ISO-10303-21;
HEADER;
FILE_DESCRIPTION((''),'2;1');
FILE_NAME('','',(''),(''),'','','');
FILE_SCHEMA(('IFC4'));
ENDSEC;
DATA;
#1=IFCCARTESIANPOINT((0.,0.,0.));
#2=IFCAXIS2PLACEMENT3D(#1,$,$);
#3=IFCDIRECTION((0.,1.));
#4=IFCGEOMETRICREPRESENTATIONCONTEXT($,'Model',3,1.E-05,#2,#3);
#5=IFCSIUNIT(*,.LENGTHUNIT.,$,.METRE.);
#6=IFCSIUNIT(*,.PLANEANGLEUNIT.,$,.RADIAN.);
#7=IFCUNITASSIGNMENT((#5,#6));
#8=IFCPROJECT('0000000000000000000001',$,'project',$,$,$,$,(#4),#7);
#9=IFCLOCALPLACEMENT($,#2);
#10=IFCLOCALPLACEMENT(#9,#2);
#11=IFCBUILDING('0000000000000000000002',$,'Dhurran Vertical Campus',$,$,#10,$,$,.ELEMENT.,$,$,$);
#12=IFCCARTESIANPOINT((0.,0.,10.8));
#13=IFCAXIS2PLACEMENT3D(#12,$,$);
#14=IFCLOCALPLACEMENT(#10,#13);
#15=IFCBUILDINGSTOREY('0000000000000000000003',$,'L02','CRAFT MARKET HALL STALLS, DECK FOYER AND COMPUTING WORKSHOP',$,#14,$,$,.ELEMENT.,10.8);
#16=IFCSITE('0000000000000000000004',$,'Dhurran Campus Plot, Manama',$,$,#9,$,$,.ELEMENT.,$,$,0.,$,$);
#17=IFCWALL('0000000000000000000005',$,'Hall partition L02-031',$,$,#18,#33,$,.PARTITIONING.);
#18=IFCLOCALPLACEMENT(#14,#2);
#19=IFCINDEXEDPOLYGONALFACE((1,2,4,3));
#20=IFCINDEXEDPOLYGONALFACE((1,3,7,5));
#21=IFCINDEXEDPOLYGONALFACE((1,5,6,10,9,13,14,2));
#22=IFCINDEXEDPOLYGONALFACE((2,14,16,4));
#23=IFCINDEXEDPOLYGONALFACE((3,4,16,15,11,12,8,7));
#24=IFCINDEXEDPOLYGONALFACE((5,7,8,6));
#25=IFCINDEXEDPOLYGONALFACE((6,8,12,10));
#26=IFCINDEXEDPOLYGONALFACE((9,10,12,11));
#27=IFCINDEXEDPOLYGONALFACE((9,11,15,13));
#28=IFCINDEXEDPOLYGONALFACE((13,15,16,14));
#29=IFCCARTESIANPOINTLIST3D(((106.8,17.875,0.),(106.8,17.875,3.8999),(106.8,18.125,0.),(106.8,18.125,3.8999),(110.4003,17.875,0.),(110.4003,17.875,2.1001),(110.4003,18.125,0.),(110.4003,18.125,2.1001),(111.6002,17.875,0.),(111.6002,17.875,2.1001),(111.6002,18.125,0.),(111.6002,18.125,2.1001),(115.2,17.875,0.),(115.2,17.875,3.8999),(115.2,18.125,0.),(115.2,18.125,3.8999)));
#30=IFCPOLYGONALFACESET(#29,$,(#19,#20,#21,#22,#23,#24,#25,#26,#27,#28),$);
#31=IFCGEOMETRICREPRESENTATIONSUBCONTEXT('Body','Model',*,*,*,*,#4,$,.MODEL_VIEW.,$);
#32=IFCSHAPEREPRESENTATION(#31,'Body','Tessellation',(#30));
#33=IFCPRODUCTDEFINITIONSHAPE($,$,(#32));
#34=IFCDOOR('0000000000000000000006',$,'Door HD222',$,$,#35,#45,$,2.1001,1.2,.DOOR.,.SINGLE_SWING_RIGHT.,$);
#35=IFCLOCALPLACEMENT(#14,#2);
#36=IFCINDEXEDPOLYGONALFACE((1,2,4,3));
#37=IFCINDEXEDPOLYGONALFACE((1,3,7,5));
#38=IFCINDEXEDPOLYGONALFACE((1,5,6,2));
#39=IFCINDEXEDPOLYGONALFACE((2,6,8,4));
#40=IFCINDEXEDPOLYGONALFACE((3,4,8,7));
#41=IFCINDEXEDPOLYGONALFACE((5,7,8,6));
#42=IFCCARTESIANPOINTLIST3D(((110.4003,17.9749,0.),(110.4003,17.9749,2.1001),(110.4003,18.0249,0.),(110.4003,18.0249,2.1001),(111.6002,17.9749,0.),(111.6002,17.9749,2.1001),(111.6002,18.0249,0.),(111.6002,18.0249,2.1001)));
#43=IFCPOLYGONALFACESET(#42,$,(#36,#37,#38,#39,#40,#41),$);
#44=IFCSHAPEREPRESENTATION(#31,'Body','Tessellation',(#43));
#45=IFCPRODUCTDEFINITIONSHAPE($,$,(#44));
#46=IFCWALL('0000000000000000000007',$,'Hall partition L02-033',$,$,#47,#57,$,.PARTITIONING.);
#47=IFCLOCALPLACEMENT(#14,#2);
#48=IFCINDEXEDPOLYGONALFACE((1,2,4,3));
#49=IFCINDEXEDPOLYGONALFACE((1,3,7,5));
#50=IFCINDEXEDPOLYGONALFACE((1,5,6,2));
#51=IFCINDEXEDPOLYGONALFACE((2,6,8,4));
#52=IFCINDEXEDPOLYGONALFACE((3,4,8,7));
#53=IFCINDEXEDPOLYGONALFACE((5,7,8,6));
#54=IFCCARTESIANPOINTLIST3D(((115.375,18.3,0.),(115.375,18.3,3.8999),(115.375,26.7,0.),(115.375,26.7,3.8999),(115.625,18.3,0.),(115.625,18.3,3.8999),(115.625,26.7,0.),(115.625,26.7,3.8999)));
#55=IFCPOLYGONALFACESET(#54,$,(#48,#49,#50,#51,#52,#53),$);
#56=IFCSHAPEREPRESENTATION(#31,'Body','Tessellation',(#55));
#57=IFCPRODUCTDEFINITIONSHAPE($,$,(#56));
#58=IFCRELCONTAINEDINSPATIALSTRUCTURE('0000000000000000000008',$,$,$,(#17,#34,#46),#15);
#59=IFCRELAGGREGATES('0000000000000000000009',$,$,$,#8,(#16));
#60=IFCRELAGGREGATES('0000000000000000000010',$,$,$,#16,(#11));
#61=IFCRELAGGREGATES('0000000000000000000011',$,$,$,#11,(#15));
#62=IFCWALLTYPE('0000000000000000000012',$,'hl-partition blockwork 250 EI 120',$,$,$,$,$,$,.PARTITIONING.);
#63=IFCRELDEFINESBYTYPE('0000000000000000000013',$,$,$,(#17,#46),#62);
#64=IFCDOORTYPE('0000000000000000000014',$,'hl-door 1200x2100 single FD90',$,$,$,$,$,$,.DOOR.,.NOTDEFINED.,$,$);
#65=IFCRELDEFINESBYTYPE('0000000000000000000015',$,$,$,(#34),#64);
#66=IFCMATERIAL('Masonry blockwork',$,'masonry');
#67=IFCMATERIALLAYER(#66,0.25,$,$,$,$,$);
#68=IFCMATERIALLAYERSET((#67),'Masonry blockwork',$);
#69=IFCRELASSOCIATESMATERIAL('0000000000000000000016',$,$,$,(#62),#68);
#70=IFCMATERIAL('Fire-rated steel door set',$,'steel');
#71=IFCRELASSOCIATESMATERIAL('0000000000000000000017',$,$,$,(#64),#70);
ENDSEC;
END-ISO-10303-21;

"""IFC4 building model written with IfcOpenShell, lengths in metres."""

from ifc_helpers import new_model, si_unit, direction, frame, frame_2d, origin, place, context, subcontext, project, spatial, rectangle, extrude, material, layer, layer_set, type_object, element, fill, save


model = new_model("IFC4")

# Units and contexts
model_context = context("Model", 3, precision=1e-05, world=origin(), true_north=direction((0.0, 1.0)))
body_context = subcontext(model_context, "Body", "Model", "MODEL_VIEW")
ifc_project = project(units=[si_unit("LENGTHUNIT", "METRE"), si_unit("PLANEANGLEUNIT", "RADIAN")], contexts=[model_context])

# Site, building, storey
site_placement = place(None, origin())
site = spatial("IfcSite", under=ifc_project, at=site_placement, Name="Dhurran Campus Plot, Manama", CompositionType="ELEMENT", RefElevation=0.0)
building_placement = place(site_placement, origin())
building = spatial("IfcBuilding", under=site, at=building_placement, Name="Dhurran Vertical Campus", CompositionType="ELEMENT")
storey_placement = place(building_placement, frame((0.0, 0.0, 10.8)))
storey = spatial("IfcBuildingStorey", under=building, at=storey_placement, Name="L02", Description="CRAFT MARKET HALL STALLS, DECK FOYER AND COMPUTING WORKSHOP", CompositionType="ELEMENT", Elevation=10.8)

# Shared definitions
ifc_material_1 = material(Name="Masonry blockwork", Category="masonry")
ifc_layer_1 = layer(ifc_material_1, 0.25)
ifc_layer_set_1 = layer_set([ifc_layer_1], Name="Masonry blockwork")
wall_type_1 = type_object("IfcWallType", Name="hl-partition blockwork 250 EI 120", PredefinedType="PARTITIONING", material=ifc_layer_set_1)

# Wall, opening, door
wall_1_placement = place(storey_placement, frame((106.8, 18.0, 0.0), z_axis=(0.0, 0.0, 1.0), x_axis=(1.0, 0.0, 0.0)))
wall_1 = element("IfcWall", 1, at=wall_1_placement, inside=storey, type_object=wall_type_1, Name="Hall partition L02-031", PredefinedType="PARTITIONING", context=body_context, shape_type="SweptSolid", body=[
    extrude(rectangle(XDim=8.3999, YDim=0.25, at=frame_2d((4.2, 0.0))), origin(), (0.0, 0.0, 1.0), 3.8999),
])
opening_placement = place(wall_1_placement, frame((3.6001, 0.0, 0.0)))
opening = element("IfcOpeningElement", 2, at=opening_placement, cuts=wall_1, PredefinedType="OPENING", context=body_context, shape_type="SweptSolid", body=[
    extrude(rectangle(XDim=1.2, YDim=2.1001, at=frame_2d((0.6001, 1.05))), frame((0.0, 0.135, 0.0), z_axis=(0.0, -1.0, 0.0), x_axis=(1.0, 0.0, 0.0)), (0.0, 0.0, 1.0), 0.27),
])
ifc_material_2 = material(Name="Fire-rated steel door set", Category="steel")
door_type = type_object("IfcDoorType", Name="hl-door 1200x2100 single FD90", OperationType="NOTDEFINED", PredefinedType="DOOR", material=ifc_material_2)
door_placement = place(opening_placement, origin())
door = element("IfcDoor", 3, at=door_placement, inside=storey, type_object=door_type, Name="Door HD222", OperationType="SINGLE_SWING_RIGHT", OverallHeight=2.1001, OverallWidth=1.2, PredefinedType="DOOR", context=body_context, shape_type="SweptSolid", body=[
    extrude(rectangle(XDim=1.2, YDim=2.1001, at=frame_2d((0.6001, 1.05))), frame((0.0, 0.0249, 0.0), z_axis=(0.0, -1.0, 0.0), x_axis=(1.0, 0.0, 0.0)), (0.0, 0.0, 1.0), 0.05),
])
fill(opening, door)

# Wall
wall_2_placement = place(storey_placement, frame((115.5, 18.3, 0.0), z_axis=(0.0, 0.0, 1.0), x_axis=(0.0, 1.0, 0.0)))
element("IfcWall", 4, at=wall_2_placement, inside=storey, type_object=wall_type_1, Name="Hall partition L02-033", PredefinedType="PARTITIONING", context=body_context, shape_type="SweptSolid", body=[
    extrude(rectangle(XDim=8.3999, YDim=0.25, at=frame_2d((4.2, 0.0))), origin(), (0.0, 0.0, 1.0), 3.8999),
])

save(model, "model.ifc")
